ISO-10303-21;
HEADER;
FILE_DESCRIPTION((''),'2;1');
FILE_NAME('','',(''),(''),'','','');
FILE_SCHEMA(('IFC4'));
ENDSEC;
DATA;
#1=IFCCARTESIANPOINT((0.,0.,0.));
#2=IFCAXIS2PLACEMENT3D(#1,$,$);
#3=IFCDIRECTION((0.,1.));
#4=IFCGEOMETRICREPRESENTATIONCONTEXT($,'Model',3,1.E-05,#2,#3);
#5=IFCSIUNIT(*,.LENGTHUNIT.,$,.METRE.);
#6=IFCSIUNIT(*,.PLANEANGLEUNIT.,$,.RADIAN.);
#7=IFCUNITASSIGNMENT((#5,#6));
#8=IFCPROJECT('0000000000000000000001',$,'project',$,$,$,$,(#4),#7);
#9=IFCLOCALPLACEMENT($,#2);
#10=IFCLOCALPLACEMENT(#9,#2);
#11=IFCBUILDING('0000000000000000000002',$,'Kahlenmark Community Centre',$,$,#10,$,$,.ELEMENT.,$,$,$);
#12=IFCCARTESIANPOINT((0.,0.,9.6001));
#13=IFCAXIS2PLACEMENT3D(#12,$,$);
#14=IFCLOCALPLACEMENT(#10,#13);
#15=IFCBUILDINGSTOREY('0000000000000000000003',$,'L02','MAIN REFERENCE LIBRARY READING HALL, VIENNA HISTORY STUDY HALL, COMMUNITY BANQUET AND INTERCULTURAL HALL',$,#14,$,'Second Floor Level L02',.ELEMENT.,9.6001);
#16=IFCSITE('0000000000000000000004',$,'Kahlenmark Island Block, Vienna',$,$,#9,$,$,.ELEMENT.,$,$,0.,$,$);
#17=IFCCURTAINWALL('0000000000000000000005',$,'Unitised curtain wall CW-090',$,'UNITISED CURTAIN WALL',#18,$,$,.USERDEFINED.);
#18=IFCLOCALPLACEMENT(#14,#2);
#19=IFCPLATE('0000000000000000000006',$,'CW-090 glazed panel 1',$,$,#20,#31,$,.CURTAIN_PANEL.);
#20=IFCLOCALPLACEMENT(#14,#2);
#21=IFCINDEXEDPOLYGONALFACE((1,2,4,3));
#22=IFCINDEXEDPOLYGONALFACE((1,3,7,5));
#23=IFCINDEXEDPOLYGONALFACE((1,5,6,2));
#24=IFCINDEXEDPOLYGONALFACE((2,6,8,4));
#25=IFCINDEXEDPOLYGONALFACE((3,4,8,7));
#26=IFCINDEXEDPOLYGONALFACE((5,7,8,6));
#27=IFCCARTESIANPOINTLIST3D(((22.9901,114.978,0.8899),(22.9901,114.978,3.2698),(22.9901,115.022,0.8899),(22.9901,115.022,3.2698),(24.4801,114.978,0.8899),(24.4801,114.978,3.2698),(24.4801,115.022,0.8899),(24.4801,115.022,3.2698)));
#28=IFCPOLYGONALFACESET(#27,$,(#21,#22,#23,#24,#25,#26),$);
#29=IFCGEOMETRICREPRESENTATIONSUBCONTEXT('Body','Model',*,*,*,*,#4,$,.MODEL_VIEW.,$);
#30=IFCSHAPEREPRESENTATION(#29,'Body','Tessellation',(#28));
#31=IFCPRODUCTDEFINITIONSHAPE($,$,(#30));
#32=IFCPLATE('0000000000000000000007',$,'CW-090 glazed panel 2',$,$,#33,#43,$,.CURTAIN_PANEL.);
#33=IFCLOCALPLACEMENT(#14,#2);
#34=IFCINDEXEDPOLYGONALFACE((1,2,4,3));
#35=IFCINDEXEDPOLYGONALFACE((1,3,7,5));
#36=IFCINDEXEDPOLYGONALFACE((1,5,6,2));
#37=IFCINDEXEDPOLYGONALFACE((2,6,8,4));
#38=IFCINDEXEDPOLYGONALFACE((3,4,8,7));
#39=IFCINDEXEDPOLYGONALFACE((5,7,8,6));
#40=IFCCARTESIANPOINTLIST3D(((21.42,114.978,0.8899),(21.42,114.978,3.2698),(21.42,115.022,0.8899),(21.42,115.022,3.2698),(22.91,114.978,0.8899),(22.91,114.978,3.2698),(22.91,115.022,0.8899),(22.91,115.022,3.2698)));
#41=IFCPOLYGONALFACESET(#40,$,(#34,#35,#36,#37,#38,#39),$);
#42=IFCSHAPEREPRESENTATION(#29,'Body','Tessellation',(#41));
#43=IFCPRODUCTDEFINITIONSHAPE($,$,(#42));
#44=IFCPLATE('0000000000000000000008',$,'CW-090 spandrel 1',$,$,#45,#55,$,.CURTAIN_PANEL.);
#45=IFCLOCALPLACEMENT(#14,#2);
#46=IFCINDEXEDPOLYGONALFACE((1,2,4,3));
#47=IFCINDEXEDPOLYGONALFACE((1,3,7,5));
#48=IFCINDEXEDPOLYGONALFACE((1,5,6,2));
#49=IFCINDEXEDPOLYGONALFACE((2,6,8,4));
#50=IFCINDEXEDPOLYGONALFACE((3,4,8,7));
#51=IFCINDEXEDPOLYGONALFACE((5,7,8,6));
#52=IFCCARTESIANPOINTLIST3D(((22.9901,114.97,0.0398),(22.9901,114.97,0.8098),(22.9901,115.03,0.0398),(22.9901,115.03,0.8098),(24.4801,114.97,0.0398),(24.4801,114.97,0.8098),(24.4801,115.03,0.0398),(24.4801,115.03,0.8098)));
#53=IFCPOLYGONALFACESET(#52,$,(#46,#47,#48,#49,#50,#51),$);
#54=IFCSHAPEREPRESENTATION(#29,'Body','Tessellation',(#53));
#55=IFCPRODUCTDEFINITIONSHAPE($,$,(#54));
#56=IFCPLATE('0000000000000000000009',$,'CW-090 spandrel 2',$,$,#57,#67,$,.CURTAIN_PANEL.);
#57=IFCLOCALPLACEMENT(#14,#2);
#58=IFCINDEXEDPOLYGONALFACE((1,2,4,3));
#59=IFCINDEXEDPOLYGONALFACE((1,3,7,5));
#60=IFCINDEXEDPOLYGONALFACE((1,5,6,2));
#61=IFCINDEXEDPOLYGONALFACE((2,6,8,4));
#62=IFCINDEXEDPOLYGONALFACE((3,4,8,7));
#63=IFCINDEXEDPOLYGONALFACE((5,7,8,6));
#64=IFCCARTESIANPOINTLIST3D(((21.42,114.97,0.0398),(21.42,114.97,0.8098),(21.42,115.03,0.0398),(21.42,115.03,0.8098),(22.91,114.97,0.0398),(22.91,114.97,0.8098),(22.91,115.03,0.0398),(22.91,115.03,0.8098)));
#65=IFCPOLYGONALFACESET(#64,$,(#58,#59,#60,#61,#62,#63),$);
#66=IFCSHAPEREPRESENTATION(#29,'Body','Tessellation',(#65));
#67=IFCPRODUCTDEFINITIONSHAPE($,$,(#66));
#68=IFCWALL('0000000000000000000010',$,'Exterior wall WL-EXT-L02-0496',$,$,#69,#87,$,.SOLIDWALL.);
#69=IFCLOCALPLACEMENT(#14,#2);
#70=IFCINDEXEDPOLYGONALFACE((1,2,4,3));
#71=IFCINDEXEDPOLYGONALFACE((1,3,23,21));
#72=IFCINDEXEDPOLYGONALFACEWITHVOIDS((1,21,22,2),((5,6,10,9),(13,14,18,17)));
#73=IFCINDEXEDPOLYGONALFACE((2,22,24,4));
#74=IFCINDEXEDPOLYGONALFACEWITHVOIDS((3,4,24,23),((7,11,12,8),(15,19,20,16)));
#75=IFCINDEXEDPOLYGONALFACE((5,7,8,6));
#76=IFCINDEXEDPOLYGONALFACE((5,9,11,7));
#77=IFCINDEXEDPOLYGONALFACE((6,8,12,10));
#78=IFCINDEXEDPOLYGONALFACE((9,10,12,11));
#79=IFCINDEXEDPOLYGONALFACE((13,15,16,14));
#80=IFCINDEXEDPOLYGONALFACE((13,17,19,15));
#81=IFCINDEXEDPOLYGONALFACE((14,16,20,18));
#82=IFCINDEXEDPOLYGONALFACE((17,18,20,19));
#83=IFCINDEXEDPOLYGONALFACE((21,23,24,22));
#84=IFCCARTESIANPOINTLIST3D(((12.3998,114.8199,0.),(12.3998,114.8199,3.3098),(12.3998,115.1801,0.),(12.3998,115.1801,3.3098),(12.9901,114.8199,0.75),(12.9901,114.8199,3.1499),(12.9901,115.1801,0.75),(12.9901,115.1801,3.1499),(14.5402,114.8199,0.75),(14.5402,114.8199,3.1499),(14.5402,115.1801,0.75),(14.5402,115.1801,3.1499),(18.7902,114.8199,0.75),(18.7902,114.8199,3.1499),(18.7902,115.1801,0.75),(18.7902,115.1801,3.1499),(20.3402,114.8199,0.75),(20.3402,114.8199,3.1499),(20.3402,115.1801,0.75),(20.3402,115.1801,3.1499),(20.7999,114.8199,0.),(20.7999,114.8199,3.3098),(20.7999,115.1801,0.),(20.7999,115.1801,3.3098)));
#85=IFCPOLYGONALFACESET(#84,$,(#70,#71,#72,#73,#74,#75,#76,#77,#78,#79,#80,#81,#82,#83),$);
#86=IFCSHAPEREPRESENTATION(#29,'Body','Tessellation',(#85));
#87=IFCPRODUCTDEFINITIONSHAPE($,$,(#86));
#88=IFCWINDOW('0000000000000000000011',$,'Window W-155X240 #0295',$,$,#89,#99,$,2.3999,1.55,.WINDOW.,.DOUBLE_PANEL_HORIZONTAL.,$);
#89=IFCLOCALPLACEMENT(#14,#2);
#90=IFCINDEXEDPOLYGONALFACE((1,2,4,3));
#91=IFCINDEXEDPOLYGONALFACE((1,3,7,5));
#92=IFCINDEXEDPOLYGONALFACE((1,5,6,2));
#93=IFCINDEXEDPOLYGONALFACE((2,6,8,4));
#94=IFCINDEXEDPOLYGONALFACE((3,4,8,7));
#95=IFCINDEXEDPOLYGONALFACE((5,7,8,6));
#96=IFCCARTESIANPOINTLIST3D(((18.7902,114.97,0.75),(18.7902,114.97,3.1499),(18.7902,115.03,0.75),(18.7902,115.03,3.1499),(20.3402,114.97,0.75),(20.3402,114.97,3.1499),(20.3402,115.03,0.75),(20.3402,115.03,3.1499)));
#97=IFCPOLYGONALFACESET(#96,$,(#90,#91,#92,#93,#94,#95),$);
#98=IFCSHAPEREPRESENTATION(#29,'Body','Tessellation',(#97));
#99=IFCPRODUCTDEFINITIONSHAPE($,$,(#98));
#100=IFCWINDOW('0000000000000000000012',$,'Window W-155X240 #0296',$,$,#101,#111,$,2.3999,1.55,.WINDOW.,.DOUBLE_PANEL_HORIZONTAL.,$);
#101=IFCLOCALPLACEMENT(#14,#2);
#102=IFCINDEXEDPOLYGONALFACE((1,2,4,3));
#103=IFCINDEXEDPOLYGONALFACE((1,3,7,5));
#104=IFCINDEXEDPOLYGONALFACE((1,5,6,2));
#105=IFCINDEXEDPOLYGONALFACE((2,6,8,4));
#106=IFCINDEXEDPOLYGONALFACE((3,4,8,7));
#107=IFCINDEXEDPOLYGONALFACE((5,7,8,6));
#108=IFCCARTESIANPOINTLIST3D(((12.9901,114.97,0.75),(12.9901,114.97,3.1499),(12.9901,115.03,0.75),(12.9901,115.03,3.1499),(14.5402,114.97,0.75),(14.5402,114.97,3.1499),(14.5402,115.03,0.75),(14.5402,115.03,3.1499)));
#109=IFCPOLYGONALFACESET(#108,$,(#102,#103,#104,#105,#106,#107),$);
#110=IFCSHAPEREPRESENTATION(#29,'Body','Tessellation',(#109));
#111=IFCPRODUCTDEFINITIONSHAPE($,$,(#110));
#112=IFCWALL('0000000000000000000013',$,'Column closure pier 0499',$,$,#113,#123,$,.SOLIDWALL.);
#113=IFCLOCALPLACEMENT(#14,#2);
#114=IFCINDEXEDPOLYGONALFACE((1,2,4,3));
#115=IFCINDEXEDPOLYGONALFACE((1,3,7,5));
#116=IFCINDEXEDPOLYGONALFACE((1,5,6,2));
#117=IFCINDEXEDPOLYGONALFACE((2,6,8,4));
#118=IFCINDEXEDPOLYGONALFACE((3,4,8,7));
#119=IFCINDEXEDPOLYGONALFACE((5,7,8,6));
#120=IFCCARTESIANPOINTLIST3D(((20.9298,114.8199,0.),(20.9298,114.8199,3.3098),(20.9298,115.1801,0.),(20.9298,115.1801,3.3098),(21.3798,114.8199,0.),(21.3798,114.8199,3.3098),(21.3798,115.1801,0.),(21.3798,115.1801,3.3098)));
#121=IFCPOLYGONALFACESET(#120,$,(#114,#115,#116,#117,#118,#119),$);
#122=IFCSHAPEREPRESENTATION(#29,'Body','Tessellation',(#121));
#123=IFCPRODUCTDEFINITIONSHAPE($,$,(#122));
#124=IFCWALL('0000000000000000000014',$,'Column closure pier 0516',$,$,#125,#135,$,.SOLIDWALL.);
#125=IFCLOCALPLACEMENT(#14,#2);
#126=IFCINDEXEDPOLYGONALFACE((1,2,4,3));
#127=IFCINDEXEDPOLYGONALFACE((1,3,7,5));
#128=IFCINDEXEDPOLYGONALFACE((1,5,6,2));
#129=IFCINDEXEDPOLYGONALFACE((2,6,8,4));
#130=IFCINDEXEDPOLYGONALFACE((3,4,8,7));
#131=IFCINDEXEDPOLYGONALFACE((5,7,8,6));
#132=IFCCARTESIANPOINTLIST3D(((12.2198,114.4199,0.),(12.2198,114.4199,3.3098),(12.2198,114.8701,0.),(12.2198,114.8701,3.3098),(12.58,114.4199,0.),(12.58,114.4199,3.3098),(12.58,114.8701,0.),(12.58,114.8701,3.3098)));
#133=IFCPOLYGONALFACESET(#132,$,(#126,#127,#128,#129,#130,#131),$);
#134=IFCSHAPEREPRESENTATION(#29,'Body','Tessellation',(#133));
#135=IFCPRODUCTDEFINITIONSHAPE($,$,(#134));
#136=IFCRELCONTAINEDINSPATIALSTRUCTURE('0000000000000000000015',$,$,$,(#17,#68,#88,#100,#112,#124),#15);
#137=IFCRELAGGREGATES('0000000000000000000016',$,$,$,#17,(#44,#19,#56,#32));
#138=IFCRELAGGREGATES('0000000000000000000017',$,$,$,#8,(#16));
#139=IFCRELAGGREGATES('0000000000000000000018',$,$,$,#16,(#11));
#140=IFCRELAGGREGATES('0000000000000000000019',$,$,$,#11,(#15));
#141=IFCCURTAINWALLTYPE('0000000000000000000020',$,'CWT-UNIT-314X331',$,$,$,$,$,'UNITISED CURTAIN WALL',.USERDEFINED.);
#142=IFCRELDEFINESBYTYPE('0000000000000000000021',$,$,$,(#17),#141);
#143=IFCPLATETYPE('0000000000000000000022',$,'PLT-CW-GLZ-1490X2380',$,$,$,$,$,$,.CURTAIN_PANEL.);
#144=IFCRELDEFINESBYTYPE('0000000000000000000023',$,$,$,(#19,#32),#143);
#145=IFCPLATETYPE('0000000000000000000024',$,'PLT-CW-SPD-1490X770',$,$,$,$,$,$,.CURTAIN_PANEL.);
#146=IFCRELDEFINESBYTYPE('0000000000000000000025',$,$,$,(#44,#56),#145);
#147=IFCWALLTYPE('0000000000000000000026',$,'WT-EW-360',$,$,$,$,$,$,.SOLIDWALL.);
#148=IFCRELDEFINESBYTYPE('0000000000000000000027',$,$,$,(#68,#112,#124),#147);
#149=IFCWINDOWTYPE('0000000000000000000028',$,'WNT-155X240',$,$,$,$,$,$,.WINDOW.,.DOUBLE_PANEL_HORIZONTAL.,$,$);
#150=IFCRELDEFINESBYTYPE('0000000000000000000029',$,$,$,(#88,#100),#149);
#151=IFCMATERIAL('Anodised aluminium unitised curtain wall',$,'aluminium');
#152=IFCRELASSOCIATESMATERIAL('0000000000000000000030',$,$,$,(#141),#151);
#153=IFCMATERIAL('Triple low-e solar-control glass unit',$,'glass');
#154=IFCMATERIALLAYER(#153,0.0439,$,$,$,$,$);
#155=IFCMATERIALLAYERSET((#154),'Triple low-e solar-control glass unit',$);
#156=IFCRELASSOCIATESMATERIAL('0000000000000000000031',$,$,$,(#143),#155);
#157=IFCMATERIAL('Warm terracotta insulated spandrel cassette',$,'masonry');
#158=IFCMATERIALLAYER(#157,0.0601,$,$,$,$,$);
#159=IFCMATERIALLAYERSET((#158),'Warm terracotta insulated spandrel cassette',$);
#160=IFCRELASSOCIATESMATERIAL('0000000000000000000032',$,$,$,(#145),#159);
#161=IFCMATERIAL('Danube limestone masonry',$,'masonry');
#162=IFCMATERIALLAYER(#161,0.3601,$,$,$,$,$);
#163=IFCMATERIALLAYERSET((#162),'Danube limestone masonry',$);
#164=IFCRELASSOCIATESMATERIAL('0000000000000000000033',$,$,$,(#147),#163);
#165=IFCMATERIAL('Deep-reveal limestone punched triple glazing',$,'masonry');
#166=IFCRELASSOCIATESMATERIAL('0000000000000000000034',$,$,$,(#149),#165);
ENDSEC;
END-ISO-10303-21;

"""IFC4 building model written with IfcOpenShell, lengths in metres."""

from ifc_helpers import new_model, si_unit, direction, frame, frame_2d, origin, origin_2d, place, context, subcontext, project, spatial, rectangle, extrude, material, layer, layer_set, type_object, element, fill, aggregate, save


model = new_model("IFC4")

# Units and contexts
model_context = context("Model", 3, precision=1e-05, world=origin(), true_north=direction((0.0, 1.0)))
body_context = subcontext(model_context, "Body", "Model", "MODEL_VIEW")
ifc_project = project(units=[si_unit("LENGTHUNIT", "METRE"), si_unit("PLANEANGLEUNIT", "RADIAN")], contexts=[model_context])

# Site, building, storey
site_placement = place(None, origin())
site = spatial("IfcSite", under=ifc_project, at=site_placement, Name="Kahlenmark Island Block, Vienna", CompositionType="ELEMENT", RefElevation=0.0)
building_placement = place(site_placement, origin())
building = spatial("IfcBuilding", under=site, at=building_placement, Name="Kahlenmark Community Centre", CompositionType="ELEMENT")
storey_placement = place(building_placement, frame((0.0, 0.0, 9.6001)))
storey = spatial("IfcBuildingStorey", under=building, at=storey_placement, Name="L02", Description="MAIN REFERENCE LIBRARY READING HALL, VIENNA HISTORY STUDY HALL, COMMUNITY BANQUET AND INTERCULTURAL HALL", LongName="Second Floor Level L02", CompositionType="ELEMENT", Elevation=9.6001)

# Curtain wall
ifc_material_1 = material(Name="Anodised aluminium unitised curtain wall", Category="aluminium")
curtain_wall_type_1 = type_object("IfcCurtainWallType", Name="CWT-UNIT-314X331", ElementType="UNITISED CURTAIN WALL", PredefinedType="USERDEFINED", material=ifc_material_1)
curtain_wall_1_placement = place(storey_placement, origin())
curtain_wall_1 = element("IfcCurtainWall", 1, at=curtain_wall_1_placement, inside=storey, type_object=curtain_wall_type_1, Name="Unitised curtain wall CW-090", ObjectType="UNITISED CURTAIN WALL", PredefinedType="USERDEFINED")

# Plates
ifc_material_2 = material(Name="Triple low-e solar-control glass unit", Category="glass")
ifc_layer_1 = layer(ifc_material_2, 0.0439)
ifc_layer_set_1 = layer_set([ifc_layer_1], Name="Triple low-e solar-control glass unit")
plate_type_1 = type_object("IfcPlateType", Name="PLT-CW-GLZ-1490X2380", PredefinedType="CURTAIN_PANEL", material=ifc_layer_set_1)
plate_1_placement = place(storey_placement, frame((23.7351, 115.0, 0.8899), z_axis=(0.0, 0.0, 1.0), x_axis=(-1.0, 0.0, 0.0)))
plate_1 = element("IfcPlate", 2, at=plate_1_placement, type_object=plate_type_1, Name="CW-090 glazed panel 1", PredefinedType="CURTAIN_PANEL", context=body_context, shape_type="SweptSolid", body=[
    extrude(rectangle(XDim=1.49, YDim=0.0439, at=origin_2d()), origin(), (0.0, 0.0, 1.0), 2.3799),
])
plate_2_placement = place(storey_placement, frame((22.165, 115.0, 0.8899), z_axis=(0.0, 0.0, 1.0), x_axis=(-1.0, 0.0, 0.0)))
plate_2 = element("IfcPlate", 3, at=plate_2_placement, type_object=plate_type_1, Name="CW-090 glazed panel 2", PredefinedType="CURTAIN_PANEL", context=body_context, shape_type="SweptSolid", body=[
    extrude(rectangle(XDim=1.49, YDim=0.0439, at=origin_2d()), origin(), (0.0, 0.0, 1.0), 2.3799),
])
ifc_material_3 = material(Name="Warm terracotta insulated spandrel cassette", Category="masonry")
ifc_layer_2 = layer(ifc_material_3, 0.0601)
ifc_layer_set_2 = layer_set([ifc_layer_2], Name="Warm terracotta insulated spandrel cassette")
plate_type_2 = type_object("IfcPlateType", Name="PLT-CW-SPD-1490X770", PredefinedType="CURTAIN_PANEL", material=ifc_layer_set_2)
plate_3_placement = place(storey_placement, frame((23.7351, 115.0, 0.0398), z_axis=(0.0, 0.0, 1.0), x_axis=(-1.0, 0.0, 0.0)))
plate_3 = element("IfcPlate", 4, at=plate_3_placement, type_object=plate_type_2, Name="CW-090 spandrel 1", PredefinedType="CURTAIN_PANEL", context=body_context, shape_type="SweptSolid", body=[
    extrude(rectangle(XDim=1.49, YDim=0.0601, at=origin_2d()), origin(), (0.0, 0.0, 1.0), 0.77),
])
plate_4_placement = place(storey_placement, frame((22.165, 115.0, 0.0398), z_axis=(0.0, 0.0, 1.0), x_axis=(-1.0, 0.0, 0.0)))
plate_4 = element("IfcPlate", 5, at=plate_4_placement, type_object=plate_type_2, Name="CW-090 spandrel 2", PredefinedType="CURTAIN_PANEL", context=body_context, shape_type="SweptSolid", body=[
    extrude(rectangle(XDim=1.49, YDim=0.0601, at=origin_2d()), origin(), (0.0, 0.0, 1.0), 0.77),
])
aggregate(curtain_wall_1, [plate_3, plate_1, plate_4, plate_2])

# Wall, openings, windows
ifc_material_4 = material(Name="Danube limestone masonry", Category="masonry")
ifc_layer_3 = layer(ifc_material_4, 0.3601)
ifc_layer_set_3 = layer_set([ifc_layer_3], Name="Danube limestone masonry")
wall_type = type_object("IfcWallType", Name="WT-EW-360", PredefinedType="SOLIDWALL", material=ifc_layer_set_3)
wall_1_placement = place(storey_placement, frame((20.8, 115.0, 0.0), z_axis=(0.0, 0.0, 1.0), x_axis=(-1.0, 0.0, 0.0)))
wall_1 = element("IfcWall", 6, at=wall_1_placement, inside=storey, type_object=wall_type, Name="Exterior wall WL-EXT-L02-0496", PredefinedType="SOLIDWALL", context=body_context, shape_type="SweptSolid", body=[
    extrude(rectangle(XDim=8.4001, YDim=0.3601, at=frame_2d((4.2002, 0.0))), origin(), (0.0, 0.0, 1.0), 3.3098),
])
opening_1_placement = place(wall_1_placement, frame((0.46, 0.0, 0.75)))
opening_1 = element("IfcOpeningElement", 7, at=opening_1_placement, cuts=wall_1, PredefinedType="OPENING", context=body_context, shape_type="SweptSolid", body=[
    extrude(rectangle(XDim=1.55, YDim=2.3999, at=frame_2d((0.7749, 1.2))), frame((0.0, 0.1899, 0.0), z_axis=(0.0, -1.0, 0.0), x_axis=(1.0, 0.0, 0.0)), (0.0, 0.0, 1.0), 0.3801),
])
opening_2_placement = place(wall_1_placement, frame((6.26, 0.0, 0.75)))
opening_2 = element("IfcOpeningElement", 8, at=opening_2_placement, cuts=wall_1, PredefinedType="OPENING", context=body_context, shape_type="SweptSolid", body=[
    extrude(rectangle(XDim=1.55, YDim=2.3999, at=frame_2d((0.7749, 1.2))), frame((0.0, 0.1899, 0.0), z_axis=(0.0, -1.0, 0.0), x_axis=(1.0, 0.0, 0.0)), (0.0, 0.0, 1.0), 0.3801),
])
ifc_material_5 = material(Name="Deep-reveal limestone punched triple glazing", Category="masonry")
window_type = type_object("IfcWindowType", Name="WNT-155X240", PartitioningType="DOUBLE_PANEL_HORIZONTAL", PredefinedType="WINDOW", material=ifc_material_5)
window_1_placement = place(opening_1_placement, origin())
window_1 = element("IfcWindow", 9, at=window_1_placement, inside=storey, type_object=window_type, Name="Window W-155X240 #0295", OverallHeight=2.3999, OverallWidth=1.55, PartitioningType="DOUBLE_PANEL_HORIZONTAL", PredefinedType="WINDOW", context=body_context, shape_type="SweptSolid", body=[
    extrude(rectangle(XDim=1.55, YDim=2.3999, at=frame_2d((0.7749, 1.2))), frame((0.0, 0.03, 0.0), z_axis=(0.0, -1.0, 0.0), x_axis=(1.0, 0.0, 0.0)), (0.0, 0.0, 1.0), 0.0601),
])
fill(opening_1, window_1)
window_2_placement = place(opening_2_placement, origin())
window_2 = element("IfcWindow", 10, at=window_2_placement, inside=storey, type_object=window_type, Name="Window W-155X240 #0296", OverallHeight=2.3999, OverallWidth=1.55, PartitioningType="DOUBLE_PANEL_HORIZONTAL", PredefinedType="WINDOW", context=body_context, shape_type="SweptSolid", body=[
    extrude(rectangle(XDim=1.55, YDim=2.3999, at=frame_2d((0.7749, 1.2))), frame((0.0, 0.03, 0.0), z_axis=(0.0, -1.0, 0.0), x_axis=(1.0, 0.0, 0.0)), (0.0, 0.0, 1.0), 0.0601),
])
fill(opening_2, window_2)

# Walls
wall_2_placement = place(storey_placement, frame((21.3799, 115.0, 0.0), z_axis=(0.0, 0.0, 1.0), x_axis=(-1.0, 0.0, 0.0)))
element("IfcWall", 11, at=wall_2_placement, inside=storey, type_object=wall_type, Name="Column closure pier 0499", PredefinedType="SOLIDWALL", context=body_context, shape_type="SweptSolid", body=[
    extrude(rectangle(XDim=0.45, YDim=0.3601, at=frame_2d((0.2251, 0.0))), origin(), (0.0, 0.0, 1.0), 3.3098),
])
wall_3_placement = place(storey_placement, frame((12.3999, 114.8701, 0.0), z_axis=(0.0, 0.0, 1.0), x_axis=(0.0, -1.0, 0.0)))
element("IfcWall", 12, at=wall_3_placement, inside=storey, type_object=wall_type, Name="Column closure pier 0516", PredefinedType="SOLIDWALL", context=body_context, shape_type="SweptSolid", body=[
    extrude(rectangle(XDim=0.4502, YDim=0.3601, at=frame_2d((0.2251, 0.0))), origin(), (0.0, 0.0, 1.0), 3.3098),
])

save(model, "model.ifc")
